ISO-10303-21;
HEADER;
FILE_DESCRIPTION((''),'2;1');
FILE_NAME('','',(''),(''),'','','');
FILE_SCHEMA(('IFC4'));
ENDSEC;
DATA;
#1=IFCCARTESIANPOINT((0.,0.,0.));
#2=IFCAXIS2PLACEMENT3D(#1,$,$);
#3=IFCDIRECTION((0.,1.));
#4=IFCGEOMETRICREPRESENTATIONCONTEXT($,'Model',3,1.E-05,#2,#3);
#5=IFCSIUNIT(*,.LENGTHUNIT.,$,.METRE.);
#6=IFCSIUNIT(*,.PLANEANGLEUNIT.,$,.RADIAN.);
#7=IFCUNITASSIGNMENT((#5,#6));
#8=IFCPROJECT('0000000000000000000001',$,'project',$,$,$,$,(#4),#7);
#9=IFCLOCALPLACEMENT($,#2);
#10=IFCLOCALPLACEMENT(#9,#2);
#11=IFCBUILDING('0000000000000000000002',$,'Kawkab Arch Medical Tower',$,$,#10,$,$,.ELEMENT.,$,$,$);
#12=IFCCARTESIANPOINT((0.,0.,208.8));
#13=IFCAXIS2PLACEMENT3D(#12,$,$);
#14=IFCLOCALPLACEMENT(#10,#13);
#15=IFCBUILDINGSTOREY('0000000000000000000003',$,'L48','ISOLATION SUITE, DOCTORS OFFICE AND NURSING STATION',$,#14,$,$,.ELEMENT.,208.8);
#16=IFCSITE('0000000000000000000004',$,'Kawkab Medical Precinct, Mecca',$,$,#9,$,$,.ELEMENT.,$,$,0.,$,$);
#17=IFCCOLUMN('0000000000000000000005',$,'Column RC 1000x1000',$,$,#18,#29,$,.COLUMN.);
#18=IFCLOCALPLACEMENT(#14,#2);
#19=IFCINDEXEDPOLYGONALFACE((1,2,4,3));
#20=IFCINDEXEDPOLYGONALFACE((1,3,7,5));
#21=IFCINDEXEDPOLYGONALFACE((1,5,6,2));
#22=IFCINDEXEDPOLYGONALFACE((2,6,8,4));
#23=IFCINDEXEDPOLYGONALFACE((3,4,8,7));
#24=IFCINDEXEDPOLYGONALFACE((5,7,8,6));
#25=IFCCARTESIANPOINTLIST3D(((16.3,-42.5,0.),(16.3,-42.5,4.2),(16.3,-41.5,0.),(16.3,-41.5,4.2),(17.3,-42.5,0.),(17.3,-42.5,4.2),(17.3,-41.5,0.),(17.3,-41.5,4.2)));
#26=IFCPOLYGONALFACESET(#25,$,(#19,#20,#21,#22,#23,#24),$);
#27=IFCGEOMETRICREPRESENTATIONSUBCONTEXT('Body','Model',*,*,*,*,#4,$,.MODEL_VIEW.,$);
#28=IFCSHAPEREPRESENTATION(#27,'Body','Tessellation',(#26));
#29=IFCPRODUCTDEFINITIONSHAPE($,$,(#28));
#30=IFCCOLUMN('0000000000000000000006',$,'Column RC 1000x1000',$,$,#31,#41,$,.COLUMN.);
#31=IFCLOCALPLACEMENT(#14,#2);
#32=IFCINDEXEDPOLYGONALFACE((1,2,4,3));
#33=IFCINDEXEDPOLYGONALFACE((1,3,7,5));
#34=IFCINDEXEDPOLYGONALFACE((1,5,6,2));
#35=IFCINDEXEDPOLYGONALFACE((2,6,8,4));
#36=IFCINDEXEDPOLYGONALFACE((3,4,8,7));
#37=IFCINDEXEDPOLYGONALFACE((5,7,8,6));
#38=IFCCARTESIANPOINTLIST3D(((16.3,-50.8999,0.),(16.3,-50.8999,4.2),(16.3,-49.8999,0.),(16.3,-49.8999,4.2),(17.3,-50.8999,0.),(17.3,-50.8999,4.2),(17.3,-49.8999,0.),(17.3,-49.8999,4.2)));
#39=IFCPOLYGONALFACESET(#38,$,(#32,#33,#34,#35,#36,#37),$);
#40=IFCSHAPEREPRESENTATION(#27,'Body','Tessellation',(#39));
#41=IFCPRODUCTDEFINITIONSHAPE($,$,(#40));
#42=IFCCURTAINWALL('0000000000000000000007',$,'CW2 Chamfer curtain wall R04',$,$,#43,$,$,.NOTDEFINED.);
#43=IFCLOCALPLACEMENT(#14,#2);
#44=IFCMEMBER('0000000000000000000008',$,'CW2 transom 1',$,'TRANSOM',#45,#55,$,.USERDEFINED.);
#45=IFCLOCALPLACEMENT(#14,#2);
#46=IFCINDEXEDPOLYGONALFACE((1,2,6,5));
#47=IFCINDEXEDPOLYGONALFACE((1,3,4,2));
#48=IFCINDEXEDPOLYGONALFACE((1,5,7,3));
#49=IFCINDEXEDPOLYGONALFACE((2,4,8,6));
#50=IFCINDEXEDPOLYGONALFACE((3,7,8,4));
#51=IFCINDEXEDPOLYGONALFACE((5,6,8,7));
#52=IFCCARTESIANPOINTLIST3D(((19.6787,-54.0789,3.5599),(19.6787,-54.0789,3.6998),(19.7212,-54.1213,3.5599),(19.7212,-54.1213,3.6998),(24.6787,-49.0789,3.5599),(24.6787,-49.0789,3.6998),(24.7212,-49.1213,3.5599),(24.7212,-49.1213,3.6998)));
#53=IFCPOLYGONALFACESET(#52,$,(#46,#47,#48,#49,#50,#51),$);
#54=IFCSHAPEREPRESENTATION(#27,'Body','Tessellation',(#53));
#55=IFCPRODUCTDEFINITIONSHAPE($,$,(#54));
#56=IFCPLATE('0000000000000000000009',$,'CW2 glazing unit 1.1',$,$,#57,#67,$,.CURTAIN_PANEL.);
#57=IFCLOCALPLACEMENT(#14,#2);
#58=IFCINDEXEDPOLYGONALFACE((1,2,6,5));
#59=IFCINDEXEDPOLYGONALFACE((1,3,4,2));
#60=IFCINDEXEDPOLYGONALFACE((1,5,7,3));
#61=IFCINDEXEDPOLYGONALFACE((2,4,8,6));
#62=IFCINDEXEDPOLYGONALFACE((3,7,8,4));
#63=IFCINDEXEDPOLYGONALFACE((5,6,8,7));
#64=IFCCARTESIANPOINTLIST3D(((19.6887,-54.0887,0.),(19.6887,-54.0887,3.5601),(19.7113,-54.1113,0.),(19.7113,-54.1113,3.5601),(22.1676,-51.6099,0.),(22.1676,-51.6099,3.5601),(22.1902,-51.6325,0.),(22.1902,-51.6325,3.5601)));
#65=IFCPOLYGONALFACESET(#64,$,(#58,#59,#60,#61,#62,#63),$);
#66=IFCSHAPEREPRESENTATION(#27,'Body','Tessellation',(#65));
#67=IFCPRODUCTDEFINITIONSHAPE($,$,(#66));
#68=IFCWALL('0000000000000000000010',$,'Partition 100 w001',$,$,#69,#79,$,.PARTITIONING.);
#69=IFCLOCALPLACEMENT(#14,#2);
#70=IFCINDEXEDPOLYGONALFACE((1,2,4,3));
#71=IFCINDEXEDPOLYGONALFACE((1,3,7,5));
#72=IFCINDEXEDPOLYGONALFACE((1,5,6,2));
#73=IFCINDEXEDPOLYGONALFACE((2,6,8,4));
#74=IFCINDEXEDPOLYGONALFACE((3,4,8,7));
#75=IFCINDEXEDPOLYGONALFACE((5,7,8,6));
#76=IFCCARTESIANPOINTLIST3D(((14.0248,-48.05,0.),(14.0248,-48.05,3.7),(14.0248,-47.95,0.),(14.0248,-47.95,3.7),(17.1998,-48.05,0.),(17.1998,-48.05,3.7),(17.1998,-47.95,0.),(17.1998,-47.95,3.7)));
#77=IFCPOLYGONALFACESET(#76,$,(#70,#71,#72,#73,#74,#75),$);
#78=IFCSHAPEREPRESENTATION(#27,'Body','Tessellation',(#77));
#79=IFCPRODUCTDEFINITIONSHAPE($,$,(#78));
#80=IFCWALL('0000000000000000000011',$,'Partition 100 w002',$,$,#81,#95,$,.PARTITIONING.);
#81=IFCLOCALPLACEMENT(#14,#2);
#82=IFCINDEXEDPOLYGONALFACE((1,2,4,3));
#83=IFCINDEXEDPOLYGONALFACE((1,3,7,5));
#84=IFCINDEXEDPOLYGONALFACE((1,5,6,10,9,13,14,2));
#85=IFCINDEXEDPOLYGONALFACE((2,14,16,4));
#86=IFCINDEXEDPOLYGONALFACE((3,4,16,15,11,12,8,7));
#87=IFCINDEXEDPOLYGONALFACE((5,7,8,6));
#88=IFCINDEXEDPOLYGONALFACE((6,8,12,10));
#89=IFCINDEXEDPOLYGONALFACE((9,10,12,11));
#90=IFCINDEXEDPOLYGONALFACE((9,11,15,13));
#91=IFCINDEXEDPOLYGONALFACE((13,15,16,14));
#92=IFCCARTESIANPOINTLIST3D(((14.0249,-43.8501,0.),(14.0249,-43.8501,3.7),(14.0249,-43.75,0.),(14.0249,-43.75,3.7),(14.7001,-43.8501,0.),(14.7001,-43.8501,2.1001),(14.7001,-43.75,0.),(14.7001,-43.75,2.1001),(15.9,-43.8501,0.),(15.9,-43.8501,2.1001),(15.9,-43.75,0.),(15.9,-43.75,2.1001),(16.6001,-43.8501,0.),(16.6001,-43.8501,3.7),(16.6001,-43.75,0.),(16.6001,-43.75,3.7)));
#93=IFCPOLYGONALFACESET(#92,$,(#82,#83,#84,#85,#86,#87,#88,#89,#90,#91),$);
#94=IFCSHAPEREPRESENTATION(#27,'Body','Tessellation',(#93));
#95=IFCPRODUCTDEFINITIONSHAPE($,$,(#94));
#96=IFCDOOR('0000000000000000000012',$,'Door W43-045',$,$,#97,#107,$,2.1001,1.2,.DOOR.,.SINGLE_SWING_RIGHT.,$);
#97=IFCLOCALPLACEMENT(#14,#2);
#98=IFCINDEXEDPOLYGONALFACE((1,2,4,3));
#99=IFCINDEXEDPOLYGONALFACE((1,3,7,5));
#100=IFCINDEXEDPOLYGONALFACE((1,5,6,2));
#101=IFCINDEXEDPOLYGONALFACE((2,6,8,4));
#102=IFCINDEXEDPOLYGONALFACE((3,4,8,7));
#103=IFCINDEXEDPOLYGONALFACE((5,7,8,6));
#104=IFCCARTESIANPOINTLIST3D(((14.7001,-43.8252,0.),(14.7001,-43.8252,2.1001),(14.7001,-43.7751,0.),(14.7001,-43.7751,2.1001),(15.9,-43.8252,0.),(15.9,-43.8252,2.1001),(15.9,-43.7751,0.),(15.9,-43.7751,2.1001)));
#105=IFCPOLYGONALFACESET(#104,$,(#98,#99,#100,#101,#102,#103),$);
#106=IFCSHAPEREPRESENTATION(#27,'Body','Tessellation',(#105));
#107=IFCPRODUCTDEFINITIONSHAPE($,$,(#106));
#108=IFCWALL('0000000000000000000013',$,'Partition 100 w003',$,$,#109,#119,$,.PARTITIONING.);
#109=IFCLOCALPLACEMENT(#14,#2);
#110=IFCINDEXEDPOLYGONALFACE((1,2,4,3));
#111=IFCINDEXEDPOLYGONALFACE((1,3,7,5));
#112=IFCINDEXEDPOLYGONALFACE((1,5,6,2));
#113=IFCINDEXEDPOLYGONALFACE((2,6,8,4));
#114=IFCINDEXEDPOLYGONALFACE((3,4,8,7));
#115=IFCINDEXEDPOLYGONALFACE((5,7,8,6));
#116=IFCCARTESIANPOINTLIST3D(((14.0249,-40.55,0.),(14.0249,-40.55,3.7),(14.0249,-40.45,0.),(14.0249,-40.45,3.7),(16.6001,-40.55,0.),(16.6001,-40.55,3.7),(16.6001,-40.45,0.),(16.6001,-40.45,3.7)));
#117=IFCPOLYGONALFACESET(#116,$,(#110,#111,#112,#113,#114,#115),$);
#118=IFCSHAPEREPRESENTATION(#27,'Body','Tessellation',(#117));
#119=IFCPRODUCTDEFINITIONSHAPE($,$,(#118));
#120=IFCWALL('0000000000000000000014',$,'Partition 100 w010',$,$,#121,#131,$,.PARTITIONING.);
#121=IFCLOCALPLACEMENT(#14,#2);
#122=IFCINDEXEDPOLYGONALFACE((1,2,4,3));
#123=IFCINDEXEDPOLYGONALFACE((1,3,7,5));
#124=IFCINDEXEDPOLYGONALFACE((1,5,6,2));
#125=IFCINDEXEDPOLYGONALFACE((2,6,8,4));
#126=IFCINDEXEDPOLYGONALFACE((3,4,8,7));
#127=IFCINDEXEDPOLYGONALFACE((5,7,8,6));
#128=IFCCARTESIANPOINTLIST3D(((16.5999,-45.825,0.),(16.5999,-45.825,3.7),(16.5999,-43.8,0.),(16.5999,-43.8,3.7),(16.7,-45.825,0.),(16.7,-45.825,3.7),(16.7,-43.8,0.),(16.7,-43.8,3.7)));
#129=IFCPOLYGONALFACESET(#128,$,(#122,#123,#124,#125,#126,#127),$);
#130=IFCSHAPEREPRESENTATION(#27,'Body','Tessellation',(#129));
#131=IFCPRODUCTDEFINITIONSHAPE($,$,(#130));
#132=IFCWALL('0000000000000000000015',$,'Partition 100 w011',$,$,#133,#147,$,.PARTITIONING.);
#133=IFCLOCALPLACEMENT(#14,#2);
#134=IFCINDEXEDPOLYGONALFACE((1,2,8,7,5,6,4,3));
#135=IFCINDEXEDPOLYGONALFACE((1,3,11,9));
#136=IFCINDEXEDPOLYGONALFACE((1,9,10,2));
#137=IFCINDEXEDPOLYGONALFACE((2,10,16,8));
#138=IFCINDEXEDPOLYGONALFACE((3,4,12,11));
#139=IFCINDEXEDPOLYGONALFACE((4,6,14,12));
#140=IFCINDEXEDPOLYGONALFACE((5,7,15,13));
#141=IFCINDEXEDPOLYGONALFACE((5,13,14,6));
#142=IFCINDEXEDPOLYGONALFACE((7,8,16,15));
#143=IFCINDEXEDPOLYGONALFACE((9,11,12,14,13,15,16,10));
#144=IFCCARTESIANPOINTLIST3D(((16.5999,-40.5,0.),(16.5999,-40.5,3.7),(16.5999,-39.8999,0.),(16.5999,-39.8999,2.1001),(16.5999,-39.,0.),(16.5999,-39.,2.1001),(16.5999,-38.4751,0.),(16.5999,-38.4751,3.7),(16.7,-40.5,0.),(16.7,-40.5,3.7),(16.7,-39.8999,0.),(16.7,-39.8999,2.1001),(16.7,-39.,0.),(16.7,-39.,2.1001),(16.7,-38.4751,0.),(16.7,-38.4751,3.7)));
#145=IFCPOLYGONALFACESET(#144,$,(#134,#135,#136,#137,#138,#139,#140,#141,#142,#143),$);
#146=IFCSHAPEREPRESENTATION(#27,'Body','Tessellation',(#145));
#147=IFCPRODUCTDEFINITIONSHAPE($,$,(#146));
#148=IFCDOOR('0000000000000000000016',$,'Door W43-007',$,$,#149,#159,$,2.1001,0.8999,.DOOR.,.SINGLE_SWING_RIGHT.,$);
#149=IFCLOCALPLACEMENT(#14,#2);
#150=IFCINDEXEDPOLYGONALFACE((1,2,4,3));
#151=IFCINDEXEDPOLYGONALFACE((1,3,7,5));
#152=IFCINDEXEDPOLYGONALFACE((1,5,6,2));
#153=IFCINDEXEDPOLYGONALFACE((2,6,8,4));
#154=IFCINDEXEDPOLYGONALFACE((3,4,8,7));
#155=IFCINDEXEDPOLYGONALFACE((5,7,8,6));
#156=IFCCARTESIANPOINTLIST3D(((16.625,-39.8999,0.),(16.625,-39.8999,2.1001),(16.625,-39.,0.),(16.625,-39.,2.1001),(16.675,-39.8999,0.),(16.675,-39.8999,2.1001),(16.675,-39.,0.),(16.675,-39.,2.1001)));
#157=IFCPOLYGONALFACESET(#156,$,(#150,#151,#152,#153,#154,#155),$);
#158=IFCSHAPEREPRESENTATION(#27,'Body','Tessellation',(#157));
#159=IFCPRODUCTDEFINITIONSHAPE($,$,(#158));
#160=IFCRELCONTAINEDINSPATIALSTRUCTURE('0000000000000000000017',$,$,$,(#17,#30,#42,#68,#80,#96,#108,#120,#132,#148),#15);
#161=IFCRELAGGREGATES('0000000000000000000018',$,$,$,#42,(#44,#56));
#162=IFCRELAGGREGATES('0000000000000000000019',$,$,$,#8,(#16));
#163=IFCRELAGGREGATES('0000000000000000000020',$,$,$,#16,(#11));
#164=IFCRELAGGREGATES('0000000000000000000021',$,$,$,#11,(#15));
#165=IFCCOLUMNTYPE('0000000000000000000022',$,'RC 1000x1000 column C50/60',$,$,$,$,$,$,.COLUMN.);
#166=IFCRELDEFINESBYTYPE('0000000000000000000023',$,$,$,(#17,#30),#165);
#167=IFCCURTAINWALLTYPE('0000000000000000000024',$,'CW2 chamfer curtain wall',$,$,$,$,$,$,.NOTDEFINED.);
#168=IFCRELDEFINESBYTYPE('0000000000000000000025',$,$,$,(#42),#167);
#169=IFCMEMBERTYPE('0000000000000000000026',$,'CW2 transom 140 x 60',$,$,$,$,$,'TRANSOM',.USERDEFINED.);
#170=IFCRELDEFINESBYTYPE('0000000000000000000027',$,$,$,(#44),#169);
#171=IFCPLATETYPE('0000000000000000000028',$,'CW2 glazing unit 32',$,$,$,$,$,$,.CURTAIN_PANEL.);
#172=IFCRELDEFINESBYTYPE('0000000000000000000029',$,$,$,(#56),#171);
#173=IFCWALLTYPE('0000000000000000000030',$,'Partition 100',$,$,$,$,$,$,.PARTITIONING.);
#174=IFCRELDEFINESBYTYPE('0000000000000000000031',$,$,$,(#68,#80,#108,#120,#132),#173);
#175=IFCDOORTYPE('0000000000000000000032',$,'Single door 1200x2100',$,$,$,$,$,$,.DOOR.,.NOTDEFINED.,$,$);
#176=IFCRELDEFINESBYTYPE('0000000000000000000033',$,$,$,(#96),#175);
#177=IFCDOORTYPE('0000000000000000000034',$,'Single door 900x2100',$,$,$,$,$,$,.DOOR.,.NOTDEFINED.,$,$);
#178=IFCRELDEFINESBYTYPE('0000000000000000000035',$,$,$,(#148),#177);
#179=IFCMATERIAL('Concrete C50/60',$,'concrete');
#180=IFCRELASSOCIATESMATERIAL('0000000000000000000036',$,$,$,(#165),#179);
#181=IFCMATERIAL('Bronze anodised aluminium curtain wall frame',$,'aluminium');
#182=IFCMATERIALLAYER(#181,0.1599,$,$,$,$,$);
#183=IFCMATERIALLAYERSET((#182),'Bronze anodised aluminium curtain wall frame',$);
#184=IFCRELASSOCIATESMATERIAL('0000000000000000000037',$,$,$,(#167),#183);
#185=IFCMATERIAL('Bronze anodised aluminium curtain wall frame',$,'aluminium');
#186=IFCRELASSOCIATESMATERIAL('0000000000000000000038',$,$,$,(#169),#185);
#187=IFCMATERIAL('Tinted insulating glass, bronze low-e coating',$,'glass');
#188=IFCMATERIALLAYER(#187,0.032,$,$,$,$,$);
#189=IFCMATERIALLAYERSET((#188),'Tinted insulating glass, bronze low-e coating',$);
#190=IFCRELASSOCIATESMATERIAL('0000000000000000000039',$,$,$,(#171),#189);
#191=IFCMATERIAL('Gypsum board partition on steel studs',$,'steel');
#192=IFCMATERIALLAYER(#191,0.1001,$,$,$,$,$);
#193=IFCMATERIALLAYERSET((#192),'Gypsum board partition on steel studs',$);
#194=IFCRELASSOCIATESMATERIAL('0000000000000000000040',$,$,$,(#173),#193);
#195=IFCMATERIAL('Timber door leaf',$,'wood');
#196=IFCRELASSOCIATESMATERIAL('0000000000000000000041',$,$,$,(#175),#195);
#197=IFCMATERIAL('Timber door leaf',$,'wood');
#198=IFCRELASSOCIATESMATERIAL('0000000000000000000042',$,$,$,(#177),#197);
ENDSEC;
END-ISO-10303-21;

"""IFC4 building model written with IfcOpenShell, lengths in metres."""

from ifc_helpers import new_model, si_unit, direction, frame, frame_2d, origin, origin_2d, place, context, subcontext, project, spatial, rectangle, extrude, material, layer, layer_set, material_profile, profile_set, type_object, element, fill, aggregate, save


model = new_model("IFC4")

# Units and contexts
model_context = context("Model", 3, precision=1e-05, world=origin(), true_north=direction((0.0, 1.0)))
body_context = subcontext(model_context, "Body", "Model", "MODEL_VIEW")
ifc_project = project(units=[si_unit("LENGTHUNIT", "METRE"), si_unit("PLANEANGLEUNIT", "RADIAN")], contexts=[model_context])

# Site, building, storey
site_placement = place(None, origin())
site = spatial("IfcSite", under=ifc_project, at=site_placement, Name="Kawkab Medical Precinct, Mecca", CompositionType="ELEMENT", RefElevation=0.0)
building_placement = place(site_placement, origin())
building = spatial("IfcBuilding", under=site, at=building_placement, Name="Kawkab Arch Medical Tower", CompositionType="ELEMENT")
storey_placement = place(building_placement, frame((0.0, 0.0, 208.8)))
storey = spatial("IfcBuildingStorey", under=building, at=storey_placement, Name="L48", Description="ISOLATION SUITE, DOCTORS OFFICE AND NURSING STATION", CompositionType="ELEMENT", Elevation=208.8)

# Columns
ifc_material_1 = material(Name="Concrete C50/60", Category="concrete")
ifc_material_profile_1 = material_profile(ifc_material_1, rectangle(XDim=1.0, YDim=1.0, at=origin_2d()), Name="RC 1000x1000")
ifc_profile_set_1 = profile_set([ifc_material_profile_1], Name="Concrete C50/60")
column_type = type_object("IfcColumnType", Name="RC 1000x1000 column C50/60", PredefinedType="COLUMN", material=ifc_profile_set_1)
for number, where, z_axis, x_axis, name in (
    (1, (16.8, -42.0, 0.0), (0.0, 0.0, 1.0), (1.0, 0.0, 0.0), "Column RC 1000x1000"),
    (2, (16.8, -50.3999, 0.0), (0.0, 0.0, 1.0), (1.0, 0.0, 0.0), "Column RC 1000x1000"),
):
    element("IfcColumn", number, at=place(storey_placement, frame(where, z_axis=z_axis, x_axis=x_axis)), inside=storey, type_object=column_type, Name=name, PredefinedType="COLUMN", context=body_context, shape_type="SweptSolid", body=[
        extrude(rectangle(XDim=1.0, YDim=1.0, at=origin_2d()), origin(), (0.0, 0.0, 1.0), 4.2),
    ])

# Curtain wall, member, plate
ifc_material_2 = material(Name="Bronze anodised aluminium curtain wall frame", Category="aluminium")
ifc_layer_1 = layer(ifc_material_2, 0.1599)
ifc_layer_set_1 = layer_set([ifc_layer_1], Name="Bronze anodised aluminium curtain wall frame")
curtain_wall_type = type_object("IfcCurtainWallType", Name="CW2 chamfer curtain wall", PredefinedType="NOTDEFINED", material=ifc_layer_set_1)
curtain_wall_placement = place(storey_placement, origin())
curtain_wall = element("IfcCurtainWall", 3, at=curtain_wall_placement, inside=storey, type_object=curtain_wall_type, Name="CW2 Chamfer curtain wall R04", PredefinedType="NOTDEFINED")
ifc_material_3 = material(Name="Bronze anodised aluminium curtain wall frame", Category="aluminium")
ifc_material_profile_2 = material_profile(ifc_material_3, rectangle(XDim=0.0601, YDim=0.1399, at=origin_2d()), Name="AL 60x140")
ifc_profile_set_2 = profile_set([ifc_material_profile_2], Name="Bronze anodised aluminium curtain wall frame")
member_type = type_object("IfcMemberType", Name="CW2 transom 140 x 60", ElementType="TRANSOM", PredefinedType="USERDEFINED", material=ifc_profile_set_2)
member_placement = place(storey_placement, frame((19.7, -54.1001, 3.6299), z_axis=(0.707107, 0.707107, 0.0), x_axis=(-0.707107, 0.707107, 0.0)))
member = element("IfcMember", 4, at=member_placement, type_object=member_type, Name="CW2 transom 1", ObjectType="TRANSOM", PredefinedType="USERDEFINED", context=body_context, shape_type="SweptSolid", body=[
    extrude(rectangle(XDim=0.0601, YDim=0.1399, at=origin_2d()), origin(), (0.0, 0.0, 1.0), 7.071),
])
ifc_material_4 = material(Name="Tinted insulating glass, bronze low-e coating", Category="glass")
ifc_layer_2 = layer(ifc_material_4, 0.032)
ifc_layer_set_2 = layer_set([ifc_layer_2], Name="Tinted insulating glass, bronze low-e coating")
plate_type = type_object("IfcPlateType", Name="CW2 glazing unit 32", PredefinedType="CURTAIN_PANEL", material=ifc_layer_set_2)
plate_placement = place(storey_placement, frame((20.9395, -52.8606, 0.0), z_axis=(0.0, 0.0, 1.0), x_axis=(0.707107, 0.707107, 0.0)))
plate = element("IfcPlate", 5, at=plate_placement, type_object=plate_type, Name="CW2 glazing unit 1.1", PredefinedType="CURTAIN_PANEL", context=body_context, shape_type="SweptSolid", body=[
    extrude(rectangle(XDim=3.5056, YDim=0.032, at=origin_2d()), origin(), (0.0, 0.0, 1.0), 3.5601),
])
aggregate(curtain_wall, [member, plate])

# Wall
ifc_material_5 = material(Name="Gypsum board partition on steel studs", Category="steel")
ifc_layer_3 = layer(ifc_material_5, 0.1001)
ifc_layer_set_3 = layer_set([ifc_layer_3], Name="Gypsum board partition on steel studs")
wall_type_1 = type_object("IfcWallType", Name="Partition 100", PredefinedType="PARTITIONING", material=ifc_layer_set_3)
wall_1_placement = place(storey_placement, frame((14.0249, -48.0, 0.0), z_axis=(0.0, 0.0, 1.0), x_axis=(1.0, 0.0, 0.0)))
element("IfcWall", 6, at=wall_1_placement, inside=storey, type_object=wall_type_1, Name="Partition 100 w001", PredefinedType="PARTITIONING", context=body_context, shape_type="SweptSolid", body=[
    extrude(rectangle(XDim=3.175, YDim=0.1001, at=frame_2d((1.5874, 0.0))), origin(), (0.0, 0.0, 1.0), 3.7),
])

# Wall, opening, door
wall_2_placement = place(storey_placement, frame((14.0249, -43.8, 0.0), z_axis=(0.0, 0.0, 1.0), x_axis=(1.0, 0.0, 0.0)))
wall_2 = element("IfcWall", 7, at=wall_2_placement, inside=storey, type_object=wall_type_1, Name="Partition 100 w002", PredefinedType="PARTITIONING", context=body_context, shape_type="SweptSolid", body=[
    extrude(rectangle(XDim=2.5752, YDim=0.1001, at=frame_2d((1.2876, 0.0))), origin(), (0.0, 0.0, 1.0), 3.7),
])
opening_1_placement = place(wall_2_placement, frame((0.675, 0.0, 0.0)))
opening_1 = element("IfcOpeningElement", 8, at=opening_1_placement, cuts=wall_2, PredefinedType="OPENING", context=body_context, shape_type="SweptSolid", body=[
    extrude(rectangle(XDim=1.2, YDim=2.1001, at=frame_2d((0.6001, 1.05))), frame((0.0, 0.0601, 0.0), z_axis=(0.0, -1.0, 0.0), x_axis=(1.0, 0.0, 0.0)), (0.0, 0.0, 1.0), 0.1201),
])
ifc_material_6 = material(Name="Timber door leaf", Category="wood")
door_type_1 = type_object("IfcDoorType", Name="Single door 1200x2100", OperationType="NOTDEFINED", PredefinedType="DOOR", material=ifc_material_6)
door_1_placement = place(opening_1_placement, origin())
door_1 = element("IfcDoor", 9, at=door_1_placement, inside=storey, type_object=door_type_1, Name="Door W43-045", OperationType="SINGLE_SWING_RIGHT", OverallHeight=2.1001, OverallWidth=1.2, PredefinedType="DOOR", context=body_context, shape_type="SweptSolid", body=[
    extrude(rectangle(XDim=1.2, YDim=2.1001, at=frame_2d((0.6001, 1.05))), frame((0.0, 0.0249, 0.0), z_axis=(0.0, -1.0, 0.0), x_axis=(1.0, 0.0, 0.0)), (0.0, 0.0, 1.0), 0.05),
])
fill(opening_1, door_1)

# Walls
wall_3_placement = place(storey_placement, frame((14.0249, -40.5, 0.0), z_axis=(0.0, 0.0, 1.0), x_axis=(1.0, 0.0, 0.0)))
element("IfcWall", 10, at=wall_3_placement, inside=storey, type_object=wall_type_1, Name="Partition 100 w003", PredefinedType="PARTITIONING", context=body_context, shape_type="SweptSolid", body=[
    extrude(rectangle(XDim=2.5752, YDim=0.1001, at=frame_2d((1.2876, 0.0))), origin(), (0.0, 0.0, 1.0), 3.7),
])
wall_4_placement = place(storey_placement, frame((16.6499, -45.825, 0.0), z_axis=(0.0, 0.0, 1.0), x_axis=(0.0, 1.0, 0.0)))
element("IfcWall", 11, at=wall_4_placement, inside=storey, type_object=wall_type_1, Name="Partition 100 w010", PredefinedType="PARTITIONING", context=body_context, shape_type="SweptSolid", body=[
    extrude(rectangle(XDim=2.0249, YDim=0.1001, at=frame_2d((1.0125, 0.0))), origin(), (0.0, 0.0, 1.0), 3.7),
])

# Wall, opening, door
wall_5_placement = place(storey_placement, frame((16.6499, -40.5, 0.0), z_axis=(0.0, 0.0, 1.0), x_axis=(0.0, 1.0, 0.0)))
wall_5 = element("IfcWall", 12, at=wall_5_placement, inside=storey, type_object=wall_type_1, Name="Partition 100 w011", PredefinedType="PARTITIONING", context=body_context, shape_type="SweptSolid", body=[
    extrude(rectangle(XDim=2.0249, YDim=0.1001, at=frame_2d((1.0125, 0.0))), origin(), (0.0, 0.0, 1.0), 3.7),
])
opening_2_placement = place(wall_5_placement, frame((0.6001, 0.0, 0.0)))
opening_2 = element("IfcOpeningElement", 13, at=opening_2_placement, cuts=wall_5, PredefinedType="OPENING", context=body_context, shape_type="SweptSolid", body=[
    extrude(rectangle(XDim=0.8999, YDim=2.1001, at=frame_2d((0.45, 1.05))), frame((0.0, 0.0601, 0.0), z_axis=(0.0, -1.0, 0.0), x_axis=(1.0, 0.0, 0.0)), (0.0, 0.0, 1.0), 0.1201),
])
ifc_material_7 = material(Name="Timber door leaf", Category="wood")
door_type_2 = type_object("IfcDoorType", Name="Single door 900x2100", OperationType="NOTDEFINED", PredefinedType="DOOR", material=ifc_material_7)
door_2_placement = place(opening_2_placement, origin())
door_2 = element("IfcDoor", 14, at=door_2_placement, inside=storey, type_object=door_type_2, Name="Door W43-007", OperationType="SINGLE_SWING_RIGHT", OverallHeight=2.1001, OverallWidth=0.8999, PredefinedType="DOOR", context=body_context, shape_type="SweptSolid", body=[
    extrude(rectangle(XDim=0.8999, YDim=2.1001, at=frame_2d((0.45, 1.05))), frame((0.0, 0.0249, 0.0), z_axis=(0.0, -1.0, 0.0), x_axis=(1.0, 0.0, 0.0)), (0.0, 0.0, 1.0), 0.05),
])
fill(opening_2, door_2)

save(model, "model.ifc")
